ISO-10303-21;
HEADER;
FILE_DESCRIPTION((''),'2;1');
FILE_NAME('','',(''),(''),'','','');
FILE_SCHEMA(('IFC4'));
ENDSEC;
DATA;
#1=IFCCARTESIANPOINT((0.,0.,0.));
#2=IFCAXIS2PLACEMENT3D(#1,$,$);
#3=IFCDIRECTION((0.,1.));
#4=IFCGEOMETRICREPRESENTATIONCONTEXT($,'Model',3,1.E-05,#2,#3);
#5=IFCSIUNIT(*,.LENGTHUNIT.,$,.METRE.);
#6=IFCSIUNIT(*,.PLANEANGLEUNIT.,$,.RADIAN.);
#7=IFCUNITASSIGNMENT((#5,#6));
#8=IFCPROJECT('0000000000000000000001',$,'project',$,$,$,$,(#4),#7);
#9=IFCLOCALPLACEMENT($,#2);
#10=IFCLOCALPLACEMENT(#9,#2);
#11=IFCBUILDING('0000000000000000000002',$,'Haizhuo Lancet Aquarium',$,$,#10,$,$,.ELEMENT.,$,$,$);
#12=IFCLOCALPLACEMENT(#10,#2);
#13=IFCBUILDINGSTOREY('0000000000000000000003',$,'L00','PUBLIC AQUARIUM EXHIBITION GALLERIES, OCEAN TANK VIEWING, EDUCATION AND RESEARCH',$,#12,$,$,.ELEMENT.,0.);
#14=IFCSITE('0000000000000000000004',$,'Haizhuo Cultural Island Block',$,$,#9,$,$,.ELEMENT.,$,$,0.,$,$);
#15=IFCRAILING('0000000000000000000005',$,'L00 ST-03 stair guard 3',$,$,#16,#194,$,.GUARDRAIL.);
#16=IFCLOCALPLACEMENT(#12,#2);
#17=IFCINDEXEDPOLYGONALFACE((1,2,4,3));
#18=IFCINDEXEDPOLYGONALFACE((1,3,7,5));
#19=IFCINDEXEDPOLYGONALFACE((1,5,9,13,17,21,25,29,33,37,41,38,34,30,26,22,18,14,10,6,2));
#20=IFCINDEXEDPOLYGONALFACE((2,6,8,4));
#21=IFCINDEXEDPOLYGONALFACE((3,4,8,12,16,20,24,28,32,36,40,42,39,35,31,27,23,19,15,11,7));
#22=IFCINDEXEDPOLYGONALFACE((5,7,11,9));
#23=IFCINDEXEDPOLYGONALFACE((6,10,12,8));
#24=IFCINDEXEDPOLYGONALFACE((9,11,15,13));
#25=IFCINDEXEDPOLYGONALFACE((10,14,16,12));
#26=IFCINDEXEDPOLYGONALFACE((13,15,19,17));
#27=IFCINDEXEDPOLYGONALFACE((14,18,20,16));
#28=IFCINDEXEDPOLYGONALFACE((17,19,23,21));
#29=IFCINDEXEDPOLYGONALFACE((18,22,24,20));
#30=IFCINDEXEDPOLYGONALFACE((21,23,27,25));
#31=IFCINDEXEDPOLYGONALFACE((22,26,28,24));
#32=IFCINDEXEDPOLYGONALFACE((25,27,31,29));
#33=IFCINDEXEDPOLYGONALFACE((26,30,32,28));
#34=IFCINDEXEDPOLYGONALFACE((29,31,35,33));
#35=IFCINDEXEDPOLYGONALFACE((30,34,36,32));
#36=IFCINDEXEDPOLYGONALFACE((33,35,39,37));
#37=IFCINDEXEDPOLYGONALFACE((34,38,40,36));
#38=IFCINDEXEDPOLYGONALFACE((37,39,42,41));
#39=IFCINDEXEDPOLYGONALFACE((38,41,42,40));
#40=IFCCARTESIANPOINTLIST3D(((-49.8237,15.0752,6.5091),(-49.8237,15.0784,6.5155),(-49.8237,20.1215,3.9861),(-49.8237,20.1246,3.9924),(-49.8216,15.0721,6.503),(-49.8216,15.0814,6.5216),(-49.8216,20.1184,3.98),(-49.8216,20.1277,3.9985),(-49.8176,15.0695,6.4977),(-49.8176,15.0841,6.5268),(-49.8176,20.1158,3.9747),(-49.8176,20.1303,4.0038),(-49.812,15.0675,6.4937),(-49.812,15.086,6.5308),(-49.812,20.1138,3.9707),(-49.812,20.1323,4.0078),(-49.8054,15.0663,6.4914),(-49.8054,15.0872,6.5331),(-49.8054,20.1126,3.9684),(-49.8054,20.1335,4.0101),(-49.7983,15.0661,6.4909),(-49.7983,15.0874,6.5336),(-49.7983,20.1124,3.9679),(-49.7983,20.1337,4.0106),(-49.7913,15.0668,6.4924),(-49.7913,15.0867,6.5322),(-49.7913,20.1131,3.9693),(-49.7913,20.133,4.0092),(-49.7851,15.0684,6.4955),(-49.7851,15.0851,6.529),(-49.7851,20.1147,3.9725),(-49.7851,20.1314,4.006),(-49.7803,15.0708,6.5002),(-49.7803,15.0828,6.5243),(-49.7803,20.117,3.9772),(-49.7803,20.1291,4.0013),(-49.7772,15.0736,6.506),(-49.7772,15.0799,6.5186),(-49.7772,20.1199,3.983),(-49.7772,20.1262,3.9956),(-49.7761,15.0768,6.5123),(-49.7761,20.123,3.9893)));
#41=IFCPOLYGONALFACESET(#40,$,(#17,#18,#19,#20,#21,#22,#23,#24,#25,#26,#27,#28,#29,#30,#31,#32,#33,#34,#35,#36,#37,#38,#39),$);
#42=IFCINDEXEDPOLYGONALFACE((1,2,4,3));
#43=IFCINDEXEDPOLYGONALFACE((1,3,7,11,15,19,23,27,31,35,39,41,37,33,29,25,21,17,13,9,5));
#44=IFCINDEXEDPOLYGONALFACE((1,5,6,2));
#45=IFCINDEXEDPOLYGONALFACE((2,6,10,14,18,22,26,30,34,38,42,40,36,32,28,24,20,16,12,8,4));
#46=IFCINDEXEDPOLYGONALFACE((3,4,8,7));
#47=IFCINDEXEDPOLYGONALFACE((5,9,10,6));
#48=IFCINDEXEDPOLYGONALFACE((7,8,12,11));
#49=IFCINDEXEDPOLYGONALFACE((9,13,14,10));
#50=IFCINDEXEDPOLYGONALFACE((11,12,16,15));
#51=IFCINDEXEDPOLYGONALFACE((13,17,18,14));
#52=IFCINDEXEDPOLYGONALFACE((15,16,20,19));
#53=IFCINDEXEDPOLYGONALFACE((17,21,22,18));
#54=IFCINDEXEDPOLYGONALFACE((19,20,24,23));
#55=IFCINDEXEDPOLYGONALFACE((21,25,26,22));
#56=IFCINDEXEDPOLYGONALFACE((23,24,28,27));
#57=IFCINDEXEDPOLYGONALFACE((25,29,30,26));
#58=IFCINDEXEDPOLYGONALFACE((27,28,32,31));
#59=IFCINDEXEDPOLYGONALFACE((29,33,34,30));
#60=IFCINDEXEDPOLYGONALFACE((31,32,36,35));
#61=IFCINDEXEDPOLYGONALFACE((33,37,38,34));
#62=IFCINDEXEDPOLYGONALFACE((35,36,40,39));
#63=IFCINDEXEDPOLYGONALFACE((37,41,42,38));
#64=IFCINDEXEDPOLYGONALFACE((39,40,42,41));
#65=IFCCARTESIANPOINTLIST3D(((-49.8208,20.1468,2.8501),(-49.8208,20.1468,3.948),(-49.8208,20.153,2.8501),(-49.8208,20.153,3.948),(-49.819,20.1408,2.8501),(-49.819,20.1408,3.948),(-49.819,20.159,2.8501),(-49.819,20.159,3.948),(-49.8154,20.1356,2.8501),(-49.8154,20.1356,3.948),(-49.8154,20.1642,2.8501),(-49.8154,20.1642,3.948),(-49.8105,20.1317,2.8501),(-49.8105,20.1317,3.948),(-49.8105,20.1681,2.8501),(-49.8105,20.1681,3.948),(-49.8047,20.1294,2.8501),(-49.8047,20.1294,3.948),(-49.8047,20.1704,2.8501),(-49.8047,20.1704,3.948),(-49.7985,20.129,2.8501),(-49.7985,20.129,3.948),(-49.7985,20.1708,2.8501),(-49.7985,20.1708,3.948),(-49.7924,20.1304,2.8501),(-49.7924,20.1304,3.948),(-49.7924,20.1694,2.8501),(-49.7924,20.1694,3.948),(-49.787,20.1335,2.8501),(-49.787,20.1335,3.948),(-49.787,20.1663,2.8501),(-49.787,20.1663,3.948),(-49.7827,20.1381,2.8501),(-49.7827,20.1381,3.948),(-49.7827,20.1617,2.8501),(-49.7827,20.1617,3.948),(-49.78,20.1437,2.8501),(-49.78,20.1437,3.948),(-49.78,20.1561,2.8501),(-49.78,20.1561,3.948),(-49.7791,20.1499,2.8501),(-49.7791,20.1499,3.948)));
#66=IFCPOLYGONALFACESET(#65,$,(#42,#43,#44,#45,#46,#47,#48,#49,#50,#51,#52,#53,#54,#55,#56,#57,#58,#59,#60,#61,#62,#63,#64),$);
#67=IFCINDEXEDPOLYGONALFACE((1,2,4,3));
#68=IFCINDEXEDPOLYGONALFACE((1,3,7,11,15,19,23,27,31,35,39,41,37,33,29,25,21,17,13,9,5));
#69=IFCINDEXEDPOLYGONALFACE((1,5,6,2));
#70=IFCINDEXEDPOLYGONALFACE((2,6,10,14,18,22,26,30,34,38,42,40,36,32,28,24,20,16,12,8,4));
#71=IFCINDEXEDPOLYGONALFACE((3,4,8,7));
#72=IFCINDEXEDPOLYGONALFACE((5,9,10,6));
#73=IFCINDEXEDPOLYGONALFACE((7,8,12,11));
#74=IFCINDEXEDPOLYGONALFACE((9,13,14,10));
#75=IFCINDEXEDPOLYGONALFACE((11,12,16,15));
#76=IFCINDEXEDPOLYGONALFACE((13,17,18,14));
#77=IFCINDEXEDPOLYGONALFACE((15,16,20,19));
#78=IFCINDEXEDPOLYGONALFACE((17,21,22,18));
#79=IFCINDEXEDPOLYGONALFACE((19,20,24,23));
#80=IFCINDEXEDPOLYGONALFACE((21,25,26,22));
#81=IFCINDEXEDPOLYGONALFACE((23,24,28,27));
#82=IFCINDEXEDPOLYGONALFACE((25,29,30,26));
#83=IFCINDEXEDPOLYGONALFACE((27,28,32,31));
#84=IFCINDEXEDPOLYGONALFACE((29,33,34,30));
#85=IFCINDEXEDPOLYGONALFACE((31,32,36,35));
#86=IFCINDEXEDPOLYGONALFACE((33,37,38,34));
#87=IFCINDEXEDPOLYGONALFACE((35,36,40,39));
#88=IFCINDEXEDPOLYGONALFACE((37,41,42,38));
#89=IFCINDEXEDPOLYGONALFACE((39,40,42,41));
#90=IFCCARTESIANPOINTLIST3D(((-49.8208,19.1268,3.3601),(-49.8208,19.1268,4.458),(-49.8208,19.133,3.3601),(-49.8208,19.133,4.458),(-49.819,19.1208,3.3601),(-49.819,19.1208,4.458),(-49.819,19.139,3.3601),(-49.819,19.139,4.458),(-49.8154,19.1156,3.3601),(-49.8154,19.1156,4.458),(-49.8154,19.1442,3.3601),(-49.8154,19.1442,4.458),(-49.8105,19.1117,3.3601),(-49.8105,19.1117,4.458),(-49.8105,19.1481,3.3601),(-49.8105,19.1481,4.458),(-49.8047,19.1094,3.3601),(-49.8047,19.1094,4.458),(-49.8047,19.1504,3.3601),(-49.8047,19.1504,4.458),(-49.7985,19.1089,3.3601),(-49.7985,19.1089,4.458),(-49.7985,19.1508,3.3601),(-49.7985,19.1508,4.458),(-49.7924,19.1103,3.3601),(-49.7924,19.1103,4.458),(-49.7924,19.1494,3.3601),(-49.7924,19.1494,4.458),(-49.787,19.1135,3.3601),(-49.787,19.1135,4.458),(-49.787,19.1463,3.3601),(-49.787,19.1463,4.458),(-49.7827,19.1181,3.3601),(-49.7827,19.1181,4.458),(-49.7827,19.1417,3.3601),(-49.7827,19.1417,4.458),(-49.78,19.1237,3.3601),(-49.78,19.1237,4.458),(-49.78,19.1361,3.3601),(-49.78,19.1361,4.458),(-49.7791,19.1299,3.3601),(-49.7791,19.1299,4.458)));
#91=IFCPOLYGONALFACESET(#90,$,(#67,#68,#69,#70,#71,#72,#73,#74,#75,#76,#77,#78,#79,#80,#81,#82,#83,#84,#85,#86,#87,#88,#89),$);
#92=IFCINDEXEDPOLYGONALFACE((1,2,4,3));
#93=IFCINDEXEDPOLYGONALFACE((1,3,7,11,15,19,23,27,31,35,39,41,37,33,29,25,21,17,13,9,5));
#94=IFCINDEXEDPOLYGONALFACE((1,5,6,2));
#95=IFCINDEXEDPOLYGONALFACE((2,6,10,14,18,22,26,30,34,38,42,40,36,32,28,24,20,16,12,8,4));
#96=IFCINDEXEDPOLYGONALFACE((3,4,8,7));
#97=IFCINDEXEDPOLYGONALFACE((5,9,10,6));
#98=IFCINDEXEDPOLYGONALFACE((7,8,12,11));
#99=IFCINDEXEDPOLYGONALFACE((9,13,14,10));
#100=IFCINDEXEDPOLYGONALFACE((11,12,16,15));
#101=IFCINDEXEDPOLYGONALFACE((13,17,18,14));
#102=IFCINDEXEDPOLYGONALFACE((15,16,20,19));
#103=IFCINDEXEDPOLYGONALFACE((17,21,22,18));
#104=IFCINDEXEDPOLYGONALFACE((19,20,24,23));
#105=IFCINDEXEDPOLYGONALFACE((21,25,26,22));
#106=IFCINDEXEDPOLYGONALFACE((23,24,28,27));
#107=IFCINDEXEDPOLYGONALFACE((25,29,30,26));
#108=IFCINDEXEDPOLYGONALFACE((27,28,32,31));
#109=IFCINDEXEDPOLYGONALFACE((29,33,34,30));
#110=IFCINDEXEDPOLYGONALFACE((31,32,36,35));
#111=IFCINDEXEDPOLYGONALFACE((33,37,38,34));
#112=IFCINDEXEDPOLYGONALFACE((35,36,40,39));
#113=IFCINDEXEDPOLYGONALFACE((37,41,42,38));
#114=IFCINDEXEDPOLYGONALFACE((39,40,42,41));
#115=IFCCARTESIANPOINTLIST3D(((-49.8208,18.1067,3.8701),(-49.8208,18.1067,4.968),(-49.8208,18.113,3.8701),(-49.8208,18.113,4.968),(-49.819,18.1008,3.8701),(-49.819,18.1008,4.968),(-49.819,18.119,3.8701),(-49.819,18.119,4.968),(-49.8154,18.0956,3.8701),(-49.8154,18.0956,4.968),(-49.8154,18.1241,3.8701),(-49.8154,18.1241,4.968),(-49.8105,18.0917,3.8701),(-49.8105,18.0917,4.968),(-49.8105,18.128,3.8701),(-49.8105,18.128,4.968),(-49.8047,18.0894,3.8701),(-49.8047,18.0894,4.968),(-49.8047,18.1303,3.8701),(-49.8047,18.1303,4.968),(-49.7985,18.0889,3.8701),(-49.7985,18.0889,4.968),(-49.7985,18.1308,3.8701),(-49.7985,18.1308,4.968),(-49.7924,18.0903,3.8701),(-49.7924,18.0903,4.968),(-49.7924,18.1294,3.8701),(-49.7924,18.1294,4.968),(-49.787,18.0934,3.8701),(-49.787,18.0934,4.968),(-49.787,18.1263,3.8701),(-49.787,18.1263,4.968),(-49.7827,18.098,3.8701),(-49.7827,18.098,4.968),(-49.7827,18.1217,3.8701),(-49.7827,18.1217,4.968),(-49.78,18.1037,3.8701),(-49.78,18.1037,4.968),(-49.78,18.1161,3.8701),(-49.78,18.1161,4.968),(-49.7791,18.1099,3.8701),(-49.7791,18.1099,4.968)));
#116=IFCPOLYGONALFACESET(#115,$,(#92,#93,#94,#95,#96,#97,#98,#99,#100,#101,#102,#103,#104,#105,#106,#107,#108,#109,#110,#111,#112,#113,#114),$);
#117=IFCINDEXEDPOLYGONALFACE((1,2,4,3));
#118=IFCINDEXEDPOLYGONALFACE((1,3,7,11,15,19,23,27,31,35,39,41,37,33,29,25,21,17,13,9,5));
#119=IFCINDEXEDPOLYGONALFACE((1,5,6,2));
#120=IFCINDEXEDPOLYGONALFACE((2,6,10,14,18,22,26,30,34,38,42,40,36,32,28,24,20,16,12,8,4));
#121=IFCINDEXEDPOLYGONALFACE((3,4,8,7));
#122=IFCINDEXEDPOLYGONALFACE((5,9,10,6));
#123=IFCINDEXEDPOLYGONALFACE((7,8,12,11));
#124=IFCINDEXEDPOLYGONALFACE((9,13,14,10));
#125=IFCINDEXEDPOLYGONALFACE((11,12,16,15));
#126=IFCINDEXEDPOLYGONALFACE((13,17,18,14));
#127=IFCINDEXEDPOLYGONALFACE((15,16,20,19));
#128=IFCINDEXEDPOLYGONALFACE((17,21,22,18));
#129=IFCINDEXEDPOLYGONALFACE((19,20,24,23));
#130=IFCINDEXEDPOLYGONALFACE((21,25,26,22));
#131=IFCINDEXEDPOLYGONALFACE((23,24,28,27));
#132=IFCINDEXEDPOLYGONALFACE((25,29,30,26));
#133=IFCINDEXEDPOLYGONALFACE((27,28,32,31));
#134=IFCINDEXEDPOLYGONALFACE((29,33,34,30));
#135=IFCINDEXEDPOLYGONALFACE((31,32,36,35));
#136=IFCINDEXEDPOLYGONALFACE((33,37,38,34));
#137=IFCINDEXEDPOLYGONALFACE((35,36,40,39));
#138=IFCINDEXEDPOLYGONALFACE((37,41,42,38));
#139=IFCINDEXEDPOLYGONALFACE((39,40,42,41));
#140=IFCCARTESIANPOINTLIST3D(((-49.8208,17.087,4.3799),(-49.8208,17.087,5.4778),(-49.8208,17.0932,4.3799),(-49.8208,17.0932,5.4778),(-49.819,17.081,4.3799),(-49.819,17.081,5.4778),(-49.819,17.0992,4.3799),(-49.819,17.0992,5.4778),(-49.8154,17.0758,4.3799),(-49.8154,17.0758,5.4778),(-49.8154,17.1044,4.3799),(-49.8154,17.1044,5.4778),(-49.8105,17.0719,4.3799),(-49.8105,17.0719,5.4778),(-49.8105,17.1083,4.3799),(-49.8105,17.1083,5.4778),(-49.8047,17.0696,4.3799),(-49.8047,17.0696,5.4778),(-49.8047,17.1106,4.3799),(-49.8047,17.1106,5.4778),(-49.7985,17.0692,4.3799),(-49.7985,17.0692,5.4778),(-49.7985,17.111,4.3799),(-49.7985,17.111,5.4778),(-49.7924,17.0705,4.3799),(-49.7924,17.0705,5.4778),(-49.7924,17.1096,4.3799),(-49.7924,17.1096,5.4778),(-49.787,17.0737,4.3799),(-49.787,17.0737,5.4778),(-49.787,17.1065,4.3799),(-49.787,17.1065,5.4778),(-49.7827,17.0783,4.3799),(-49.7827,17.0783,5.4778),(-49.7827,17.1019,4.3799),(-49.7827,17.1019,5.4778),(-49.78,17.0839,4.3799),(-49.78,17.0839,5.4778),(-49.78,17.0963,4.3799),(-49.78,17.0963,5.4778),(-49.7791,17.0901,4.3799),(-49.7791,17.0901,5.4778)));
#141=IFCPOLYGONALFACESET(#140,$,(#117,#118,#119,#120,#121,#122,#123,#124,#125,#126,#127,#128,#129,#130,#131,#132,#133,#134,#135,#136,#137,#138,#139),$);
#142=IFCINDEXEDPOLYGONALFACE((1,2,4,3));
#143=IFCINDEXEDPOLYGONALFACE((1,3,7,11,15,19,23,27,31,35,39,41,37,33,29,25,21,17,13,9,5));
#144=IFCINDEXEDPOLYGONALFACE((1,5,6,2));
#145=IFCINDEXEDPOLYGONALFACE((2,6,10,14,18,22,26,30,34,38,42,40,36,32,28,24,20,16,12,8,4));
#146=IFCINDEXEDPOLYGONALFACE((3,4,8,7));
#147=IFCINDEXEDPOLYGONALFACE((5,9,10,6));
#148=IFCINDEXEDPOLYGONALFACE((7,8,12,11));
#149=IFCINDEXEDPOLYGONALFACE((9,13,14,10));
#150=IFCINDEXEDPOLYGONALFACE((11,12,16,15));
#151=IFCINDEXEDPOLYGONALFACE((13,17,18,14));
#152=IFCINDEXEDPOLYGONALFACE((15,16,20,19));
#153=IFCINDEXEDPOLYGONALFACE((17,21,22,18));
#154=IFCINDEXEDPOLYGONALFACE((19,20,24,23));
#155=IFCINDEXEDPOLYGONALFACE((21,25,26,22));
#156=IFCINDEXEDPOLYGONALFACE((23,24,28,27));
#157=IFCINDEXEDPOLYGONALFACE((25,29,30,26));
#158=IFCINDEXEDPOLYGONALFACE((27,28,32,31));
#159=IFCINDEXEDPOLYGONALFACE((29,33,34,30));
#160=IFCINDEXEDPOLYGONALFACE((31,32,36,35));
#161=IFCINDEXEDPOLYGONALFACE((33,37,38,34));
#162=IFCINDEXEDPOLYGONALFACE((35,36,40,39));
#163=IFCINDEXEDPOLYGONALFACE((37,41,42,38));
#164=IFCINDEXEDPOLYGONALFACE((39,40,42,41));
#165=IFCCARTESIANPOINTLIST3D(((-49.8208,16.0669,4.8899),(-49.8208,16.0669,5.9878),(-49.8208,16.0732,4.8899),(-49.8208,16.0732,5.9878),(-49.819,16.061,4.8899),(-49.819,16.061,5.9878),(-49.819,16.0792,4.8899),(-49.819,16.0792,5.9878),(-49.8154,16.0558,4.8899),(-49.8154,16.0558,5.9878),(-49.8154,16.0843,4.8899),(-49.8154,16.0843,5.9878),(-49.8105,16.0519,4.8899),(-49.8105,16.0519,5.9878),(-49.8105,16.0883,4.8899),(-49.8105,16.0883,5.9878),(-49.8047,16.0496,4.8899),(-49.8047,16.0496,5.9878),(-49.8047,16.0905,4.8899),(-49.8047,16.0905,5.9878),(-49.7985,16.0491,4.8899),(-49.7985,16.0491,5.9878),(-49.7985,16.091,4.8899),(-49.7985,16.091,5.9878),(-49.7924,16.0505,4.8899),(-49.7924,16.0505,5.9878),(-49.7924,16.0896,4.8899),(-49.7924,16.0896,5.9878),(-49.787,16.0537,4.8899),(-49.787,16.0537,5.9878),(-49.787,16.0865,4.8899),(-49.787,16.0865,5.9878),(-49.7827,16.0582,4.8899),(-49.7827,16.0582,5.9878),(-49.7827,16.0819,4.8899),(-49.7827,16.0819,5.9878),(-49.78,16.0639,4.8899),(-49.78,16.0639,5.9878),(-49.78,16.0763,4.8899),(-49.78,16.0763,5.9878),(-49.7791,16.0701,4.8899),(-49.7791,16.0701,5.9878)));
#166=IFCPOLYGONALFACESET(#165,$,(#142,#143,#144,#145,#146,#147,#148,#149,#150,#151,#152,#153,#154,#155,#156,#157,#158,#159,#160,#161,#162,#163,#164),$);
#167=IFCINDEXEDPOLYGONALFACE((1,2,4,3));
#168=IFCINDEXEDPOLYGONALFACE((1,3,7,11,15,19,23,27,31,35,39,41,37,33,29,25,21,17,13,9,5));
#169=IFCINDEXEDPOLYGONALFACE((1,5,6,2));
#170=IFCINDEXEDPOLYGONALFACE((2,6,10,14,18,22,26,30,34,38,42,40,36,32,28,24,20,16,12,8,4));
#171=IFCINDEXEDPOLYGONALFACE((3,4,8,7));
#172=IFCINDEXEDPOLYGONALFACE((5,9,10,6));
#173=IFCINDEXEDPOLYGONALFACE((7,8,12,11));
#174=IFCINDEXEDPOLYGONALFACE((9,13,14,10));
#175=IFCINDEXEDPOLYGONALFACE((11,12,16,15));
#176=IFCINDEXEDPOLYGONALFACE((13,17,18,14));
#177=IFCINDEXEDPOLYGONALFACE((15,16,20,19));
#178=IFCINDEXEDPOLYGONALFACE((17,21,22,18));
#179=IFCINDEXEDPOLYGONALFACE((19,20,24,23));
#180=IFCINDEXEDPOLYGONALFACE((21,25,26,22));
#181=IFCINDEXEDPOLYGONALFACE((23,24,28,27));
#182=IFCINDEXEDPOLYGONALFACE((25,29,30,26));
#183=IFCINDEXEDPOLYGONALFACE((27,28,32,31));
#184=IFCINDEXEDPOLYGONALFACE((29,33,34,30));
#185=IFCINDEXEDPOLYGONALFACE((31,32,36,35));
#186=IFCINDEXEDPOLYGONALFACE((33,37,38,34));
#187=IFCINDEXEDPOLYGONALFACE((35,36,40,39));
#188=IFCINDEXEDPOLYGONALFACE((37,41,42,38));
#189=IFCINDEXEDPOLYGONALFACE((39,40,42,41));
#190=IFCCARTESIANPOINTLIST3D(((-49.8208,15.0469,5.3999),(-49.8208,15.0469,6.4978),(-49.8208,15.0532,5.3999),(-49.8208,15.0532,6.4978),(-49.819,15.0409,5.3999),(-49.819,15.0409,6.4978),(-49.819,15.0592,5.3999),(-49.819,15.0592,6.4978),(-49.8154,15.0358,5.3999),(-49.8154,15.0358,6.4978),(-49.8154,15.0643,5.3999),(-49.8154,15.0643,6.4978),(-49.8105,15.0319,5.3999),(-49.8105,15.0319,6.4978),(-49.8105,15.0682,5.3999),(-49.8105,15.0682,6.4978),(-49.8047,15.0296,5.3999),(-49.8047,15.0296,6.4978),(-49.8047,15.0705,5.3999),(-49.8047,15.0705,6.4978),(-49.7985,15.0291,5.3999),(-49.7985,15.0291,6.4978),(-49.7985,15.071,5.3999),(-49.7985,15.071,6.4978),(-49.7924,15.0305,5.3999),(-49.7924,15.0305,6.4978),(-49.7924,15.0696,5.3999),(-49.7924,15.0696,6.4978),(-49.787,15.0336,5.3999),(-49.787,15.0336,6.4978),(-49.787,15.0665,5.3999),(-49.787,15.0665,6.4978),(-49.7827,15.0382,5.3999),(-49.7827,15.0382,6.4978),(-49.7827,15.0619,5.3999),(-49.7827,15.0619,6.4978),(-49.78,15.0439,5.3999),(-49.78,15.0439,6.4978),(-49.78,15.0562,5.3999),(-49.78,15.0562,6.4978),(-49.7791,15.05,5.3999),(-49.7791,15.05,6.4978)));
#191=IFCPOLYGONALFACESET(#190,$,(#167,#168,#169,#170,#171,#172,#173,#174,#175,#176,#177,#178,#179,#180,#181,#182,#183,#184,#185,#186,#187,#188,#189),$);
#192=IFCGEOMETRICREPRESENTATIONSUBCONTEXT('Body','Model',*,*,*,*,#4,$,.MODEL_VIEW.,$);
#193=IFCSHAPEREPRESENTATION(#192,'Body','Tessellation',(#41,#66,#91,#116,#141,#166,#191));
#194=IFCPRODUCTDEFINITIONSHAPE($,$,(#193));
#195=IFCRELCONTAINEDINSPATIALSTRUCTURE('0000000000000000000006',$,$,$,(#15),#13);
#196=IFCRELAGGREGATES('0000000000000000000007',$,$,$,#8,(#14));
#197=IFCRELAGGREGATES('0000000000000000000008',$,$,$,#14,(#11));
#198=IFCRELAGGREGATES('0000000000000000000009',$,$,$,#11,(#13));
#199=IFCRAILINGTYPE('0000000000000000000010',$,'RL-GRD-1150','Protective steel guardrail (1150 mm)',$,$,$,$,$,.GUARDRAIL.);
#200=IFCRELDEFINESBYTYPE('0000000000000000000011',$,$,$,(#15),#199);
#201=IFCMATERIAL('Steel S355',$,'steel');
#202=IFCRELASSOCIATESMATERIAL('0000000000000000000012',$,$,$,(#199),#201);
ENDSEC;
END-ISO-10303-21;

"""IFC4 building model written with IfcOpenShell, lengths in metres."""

from ifc_helpers import new_model, si_unit, direction, frame, origin, origin_2d, place, context, subcontext, project, spatial, circle, extrude, material, type_object, element, save


model = new_model("IFC4")

# Units and contexts
model_context = context("Model", 3, precision=1e-05, world=origin(), true_north=direction((0.0, 1.0)))
body_context = subcontext(model_context, "Body", "Model", "MODEL_VIEW")
ifc_project = project(units=[si_unit("LENGTHUNIT", "METRE"), si_unit("PLANEANGLEUNIT", "RADIAN")], contexts=[model_context])

# Site, building, storey
site_placement = place(None, origin())
site = spatial("IfcSite", under=ifc_project, at=site_placement, Name="Haizhuo Cultural Island Block", CompositionType="ELEMENT", RefElevation=0.0)
building_placement = place(site_placement, origin())
building = spatial("IfcBuilding", under=site, at=building_placement, Name="Haizhuo Lancet Aquarium", CompositionType="ELEMENT")
storey_placement = place(building_placement, origin())
storey = spatial("IfcBuildingStorey", under=building, at=storey_placement, Name="L00", Description="PUBLIC AQUARIUM EXHIBITION GALLERIES, OCEAN TANK VIEWING, EDUCATION AND RESEARCH", CompositionType="ELEMENT", Elevation=0.0)

# Shared definitions
ifc_material_1 = material(Name="Steel S355", Category="steel")

# Railing
railing_type_1 = type_object("IfcRailingType", Name="RL-GRD-1150", Description="Protective steel guardrail (1150 mm)", PredefinedType="GUARDRAIL", material=ifc_material_1)
railing_1_placement = place(storey_placement, frame((-49.8, 20.1499, 2.8501)))
element("IfcRailing", 1, at=railing_1_placement, inside=storey, type_object=railing_type_1, Name="L00 ST-03 stair guard 3", PredefinedType="GUARDRAIL", context=body_context, shape_type="SweptSolid", body=[
    extrude(circle(Radius=0.0239, at=origin_2d()), frame((0.0, -0.0269, 1.1392), z_axis=(0.0, -0.894436, 0.447196), x_axis=(1.0, 0.0, 0.0)), (0.0, 0.0, 1.0), 5.6418),
    extrude(circle(Radius=0.021, at=origin_2d()), origin(), (0.0, 0.0, 1.0), 1.0979),
    extrude(circle(Radius=0.021, at=origin_2d()), frame((0.0, -1.02, 0.51)), (0.0, 0.0, 1.0), 1.0979),
    extrude(circle(Radius=0.021, at=origin_2d()), frame((0.0, -2.04, 1.02)), (0.0, 0.0, 1.0), 1.0979),
    extrude(circle(Radius=0.021, at=origin_2d()), frame((0.0, -3.0598, 1.5298)), (0.0, 0.0, 1.0), 1.0979),
    extrude(circle(Radius=0.021, at=origin_2d()), frame((0.0, -4.0798, 2.0398)), (0.0, 0.0, 1.0), 1.0979),
    extrude(circle(Radius=0.021, at=origin_2d()), frame((0.0, -5.0999, 2.5498)), (0.0, 0.0, 1.0), 1.0979),
])

save(model, "model.ifc")
